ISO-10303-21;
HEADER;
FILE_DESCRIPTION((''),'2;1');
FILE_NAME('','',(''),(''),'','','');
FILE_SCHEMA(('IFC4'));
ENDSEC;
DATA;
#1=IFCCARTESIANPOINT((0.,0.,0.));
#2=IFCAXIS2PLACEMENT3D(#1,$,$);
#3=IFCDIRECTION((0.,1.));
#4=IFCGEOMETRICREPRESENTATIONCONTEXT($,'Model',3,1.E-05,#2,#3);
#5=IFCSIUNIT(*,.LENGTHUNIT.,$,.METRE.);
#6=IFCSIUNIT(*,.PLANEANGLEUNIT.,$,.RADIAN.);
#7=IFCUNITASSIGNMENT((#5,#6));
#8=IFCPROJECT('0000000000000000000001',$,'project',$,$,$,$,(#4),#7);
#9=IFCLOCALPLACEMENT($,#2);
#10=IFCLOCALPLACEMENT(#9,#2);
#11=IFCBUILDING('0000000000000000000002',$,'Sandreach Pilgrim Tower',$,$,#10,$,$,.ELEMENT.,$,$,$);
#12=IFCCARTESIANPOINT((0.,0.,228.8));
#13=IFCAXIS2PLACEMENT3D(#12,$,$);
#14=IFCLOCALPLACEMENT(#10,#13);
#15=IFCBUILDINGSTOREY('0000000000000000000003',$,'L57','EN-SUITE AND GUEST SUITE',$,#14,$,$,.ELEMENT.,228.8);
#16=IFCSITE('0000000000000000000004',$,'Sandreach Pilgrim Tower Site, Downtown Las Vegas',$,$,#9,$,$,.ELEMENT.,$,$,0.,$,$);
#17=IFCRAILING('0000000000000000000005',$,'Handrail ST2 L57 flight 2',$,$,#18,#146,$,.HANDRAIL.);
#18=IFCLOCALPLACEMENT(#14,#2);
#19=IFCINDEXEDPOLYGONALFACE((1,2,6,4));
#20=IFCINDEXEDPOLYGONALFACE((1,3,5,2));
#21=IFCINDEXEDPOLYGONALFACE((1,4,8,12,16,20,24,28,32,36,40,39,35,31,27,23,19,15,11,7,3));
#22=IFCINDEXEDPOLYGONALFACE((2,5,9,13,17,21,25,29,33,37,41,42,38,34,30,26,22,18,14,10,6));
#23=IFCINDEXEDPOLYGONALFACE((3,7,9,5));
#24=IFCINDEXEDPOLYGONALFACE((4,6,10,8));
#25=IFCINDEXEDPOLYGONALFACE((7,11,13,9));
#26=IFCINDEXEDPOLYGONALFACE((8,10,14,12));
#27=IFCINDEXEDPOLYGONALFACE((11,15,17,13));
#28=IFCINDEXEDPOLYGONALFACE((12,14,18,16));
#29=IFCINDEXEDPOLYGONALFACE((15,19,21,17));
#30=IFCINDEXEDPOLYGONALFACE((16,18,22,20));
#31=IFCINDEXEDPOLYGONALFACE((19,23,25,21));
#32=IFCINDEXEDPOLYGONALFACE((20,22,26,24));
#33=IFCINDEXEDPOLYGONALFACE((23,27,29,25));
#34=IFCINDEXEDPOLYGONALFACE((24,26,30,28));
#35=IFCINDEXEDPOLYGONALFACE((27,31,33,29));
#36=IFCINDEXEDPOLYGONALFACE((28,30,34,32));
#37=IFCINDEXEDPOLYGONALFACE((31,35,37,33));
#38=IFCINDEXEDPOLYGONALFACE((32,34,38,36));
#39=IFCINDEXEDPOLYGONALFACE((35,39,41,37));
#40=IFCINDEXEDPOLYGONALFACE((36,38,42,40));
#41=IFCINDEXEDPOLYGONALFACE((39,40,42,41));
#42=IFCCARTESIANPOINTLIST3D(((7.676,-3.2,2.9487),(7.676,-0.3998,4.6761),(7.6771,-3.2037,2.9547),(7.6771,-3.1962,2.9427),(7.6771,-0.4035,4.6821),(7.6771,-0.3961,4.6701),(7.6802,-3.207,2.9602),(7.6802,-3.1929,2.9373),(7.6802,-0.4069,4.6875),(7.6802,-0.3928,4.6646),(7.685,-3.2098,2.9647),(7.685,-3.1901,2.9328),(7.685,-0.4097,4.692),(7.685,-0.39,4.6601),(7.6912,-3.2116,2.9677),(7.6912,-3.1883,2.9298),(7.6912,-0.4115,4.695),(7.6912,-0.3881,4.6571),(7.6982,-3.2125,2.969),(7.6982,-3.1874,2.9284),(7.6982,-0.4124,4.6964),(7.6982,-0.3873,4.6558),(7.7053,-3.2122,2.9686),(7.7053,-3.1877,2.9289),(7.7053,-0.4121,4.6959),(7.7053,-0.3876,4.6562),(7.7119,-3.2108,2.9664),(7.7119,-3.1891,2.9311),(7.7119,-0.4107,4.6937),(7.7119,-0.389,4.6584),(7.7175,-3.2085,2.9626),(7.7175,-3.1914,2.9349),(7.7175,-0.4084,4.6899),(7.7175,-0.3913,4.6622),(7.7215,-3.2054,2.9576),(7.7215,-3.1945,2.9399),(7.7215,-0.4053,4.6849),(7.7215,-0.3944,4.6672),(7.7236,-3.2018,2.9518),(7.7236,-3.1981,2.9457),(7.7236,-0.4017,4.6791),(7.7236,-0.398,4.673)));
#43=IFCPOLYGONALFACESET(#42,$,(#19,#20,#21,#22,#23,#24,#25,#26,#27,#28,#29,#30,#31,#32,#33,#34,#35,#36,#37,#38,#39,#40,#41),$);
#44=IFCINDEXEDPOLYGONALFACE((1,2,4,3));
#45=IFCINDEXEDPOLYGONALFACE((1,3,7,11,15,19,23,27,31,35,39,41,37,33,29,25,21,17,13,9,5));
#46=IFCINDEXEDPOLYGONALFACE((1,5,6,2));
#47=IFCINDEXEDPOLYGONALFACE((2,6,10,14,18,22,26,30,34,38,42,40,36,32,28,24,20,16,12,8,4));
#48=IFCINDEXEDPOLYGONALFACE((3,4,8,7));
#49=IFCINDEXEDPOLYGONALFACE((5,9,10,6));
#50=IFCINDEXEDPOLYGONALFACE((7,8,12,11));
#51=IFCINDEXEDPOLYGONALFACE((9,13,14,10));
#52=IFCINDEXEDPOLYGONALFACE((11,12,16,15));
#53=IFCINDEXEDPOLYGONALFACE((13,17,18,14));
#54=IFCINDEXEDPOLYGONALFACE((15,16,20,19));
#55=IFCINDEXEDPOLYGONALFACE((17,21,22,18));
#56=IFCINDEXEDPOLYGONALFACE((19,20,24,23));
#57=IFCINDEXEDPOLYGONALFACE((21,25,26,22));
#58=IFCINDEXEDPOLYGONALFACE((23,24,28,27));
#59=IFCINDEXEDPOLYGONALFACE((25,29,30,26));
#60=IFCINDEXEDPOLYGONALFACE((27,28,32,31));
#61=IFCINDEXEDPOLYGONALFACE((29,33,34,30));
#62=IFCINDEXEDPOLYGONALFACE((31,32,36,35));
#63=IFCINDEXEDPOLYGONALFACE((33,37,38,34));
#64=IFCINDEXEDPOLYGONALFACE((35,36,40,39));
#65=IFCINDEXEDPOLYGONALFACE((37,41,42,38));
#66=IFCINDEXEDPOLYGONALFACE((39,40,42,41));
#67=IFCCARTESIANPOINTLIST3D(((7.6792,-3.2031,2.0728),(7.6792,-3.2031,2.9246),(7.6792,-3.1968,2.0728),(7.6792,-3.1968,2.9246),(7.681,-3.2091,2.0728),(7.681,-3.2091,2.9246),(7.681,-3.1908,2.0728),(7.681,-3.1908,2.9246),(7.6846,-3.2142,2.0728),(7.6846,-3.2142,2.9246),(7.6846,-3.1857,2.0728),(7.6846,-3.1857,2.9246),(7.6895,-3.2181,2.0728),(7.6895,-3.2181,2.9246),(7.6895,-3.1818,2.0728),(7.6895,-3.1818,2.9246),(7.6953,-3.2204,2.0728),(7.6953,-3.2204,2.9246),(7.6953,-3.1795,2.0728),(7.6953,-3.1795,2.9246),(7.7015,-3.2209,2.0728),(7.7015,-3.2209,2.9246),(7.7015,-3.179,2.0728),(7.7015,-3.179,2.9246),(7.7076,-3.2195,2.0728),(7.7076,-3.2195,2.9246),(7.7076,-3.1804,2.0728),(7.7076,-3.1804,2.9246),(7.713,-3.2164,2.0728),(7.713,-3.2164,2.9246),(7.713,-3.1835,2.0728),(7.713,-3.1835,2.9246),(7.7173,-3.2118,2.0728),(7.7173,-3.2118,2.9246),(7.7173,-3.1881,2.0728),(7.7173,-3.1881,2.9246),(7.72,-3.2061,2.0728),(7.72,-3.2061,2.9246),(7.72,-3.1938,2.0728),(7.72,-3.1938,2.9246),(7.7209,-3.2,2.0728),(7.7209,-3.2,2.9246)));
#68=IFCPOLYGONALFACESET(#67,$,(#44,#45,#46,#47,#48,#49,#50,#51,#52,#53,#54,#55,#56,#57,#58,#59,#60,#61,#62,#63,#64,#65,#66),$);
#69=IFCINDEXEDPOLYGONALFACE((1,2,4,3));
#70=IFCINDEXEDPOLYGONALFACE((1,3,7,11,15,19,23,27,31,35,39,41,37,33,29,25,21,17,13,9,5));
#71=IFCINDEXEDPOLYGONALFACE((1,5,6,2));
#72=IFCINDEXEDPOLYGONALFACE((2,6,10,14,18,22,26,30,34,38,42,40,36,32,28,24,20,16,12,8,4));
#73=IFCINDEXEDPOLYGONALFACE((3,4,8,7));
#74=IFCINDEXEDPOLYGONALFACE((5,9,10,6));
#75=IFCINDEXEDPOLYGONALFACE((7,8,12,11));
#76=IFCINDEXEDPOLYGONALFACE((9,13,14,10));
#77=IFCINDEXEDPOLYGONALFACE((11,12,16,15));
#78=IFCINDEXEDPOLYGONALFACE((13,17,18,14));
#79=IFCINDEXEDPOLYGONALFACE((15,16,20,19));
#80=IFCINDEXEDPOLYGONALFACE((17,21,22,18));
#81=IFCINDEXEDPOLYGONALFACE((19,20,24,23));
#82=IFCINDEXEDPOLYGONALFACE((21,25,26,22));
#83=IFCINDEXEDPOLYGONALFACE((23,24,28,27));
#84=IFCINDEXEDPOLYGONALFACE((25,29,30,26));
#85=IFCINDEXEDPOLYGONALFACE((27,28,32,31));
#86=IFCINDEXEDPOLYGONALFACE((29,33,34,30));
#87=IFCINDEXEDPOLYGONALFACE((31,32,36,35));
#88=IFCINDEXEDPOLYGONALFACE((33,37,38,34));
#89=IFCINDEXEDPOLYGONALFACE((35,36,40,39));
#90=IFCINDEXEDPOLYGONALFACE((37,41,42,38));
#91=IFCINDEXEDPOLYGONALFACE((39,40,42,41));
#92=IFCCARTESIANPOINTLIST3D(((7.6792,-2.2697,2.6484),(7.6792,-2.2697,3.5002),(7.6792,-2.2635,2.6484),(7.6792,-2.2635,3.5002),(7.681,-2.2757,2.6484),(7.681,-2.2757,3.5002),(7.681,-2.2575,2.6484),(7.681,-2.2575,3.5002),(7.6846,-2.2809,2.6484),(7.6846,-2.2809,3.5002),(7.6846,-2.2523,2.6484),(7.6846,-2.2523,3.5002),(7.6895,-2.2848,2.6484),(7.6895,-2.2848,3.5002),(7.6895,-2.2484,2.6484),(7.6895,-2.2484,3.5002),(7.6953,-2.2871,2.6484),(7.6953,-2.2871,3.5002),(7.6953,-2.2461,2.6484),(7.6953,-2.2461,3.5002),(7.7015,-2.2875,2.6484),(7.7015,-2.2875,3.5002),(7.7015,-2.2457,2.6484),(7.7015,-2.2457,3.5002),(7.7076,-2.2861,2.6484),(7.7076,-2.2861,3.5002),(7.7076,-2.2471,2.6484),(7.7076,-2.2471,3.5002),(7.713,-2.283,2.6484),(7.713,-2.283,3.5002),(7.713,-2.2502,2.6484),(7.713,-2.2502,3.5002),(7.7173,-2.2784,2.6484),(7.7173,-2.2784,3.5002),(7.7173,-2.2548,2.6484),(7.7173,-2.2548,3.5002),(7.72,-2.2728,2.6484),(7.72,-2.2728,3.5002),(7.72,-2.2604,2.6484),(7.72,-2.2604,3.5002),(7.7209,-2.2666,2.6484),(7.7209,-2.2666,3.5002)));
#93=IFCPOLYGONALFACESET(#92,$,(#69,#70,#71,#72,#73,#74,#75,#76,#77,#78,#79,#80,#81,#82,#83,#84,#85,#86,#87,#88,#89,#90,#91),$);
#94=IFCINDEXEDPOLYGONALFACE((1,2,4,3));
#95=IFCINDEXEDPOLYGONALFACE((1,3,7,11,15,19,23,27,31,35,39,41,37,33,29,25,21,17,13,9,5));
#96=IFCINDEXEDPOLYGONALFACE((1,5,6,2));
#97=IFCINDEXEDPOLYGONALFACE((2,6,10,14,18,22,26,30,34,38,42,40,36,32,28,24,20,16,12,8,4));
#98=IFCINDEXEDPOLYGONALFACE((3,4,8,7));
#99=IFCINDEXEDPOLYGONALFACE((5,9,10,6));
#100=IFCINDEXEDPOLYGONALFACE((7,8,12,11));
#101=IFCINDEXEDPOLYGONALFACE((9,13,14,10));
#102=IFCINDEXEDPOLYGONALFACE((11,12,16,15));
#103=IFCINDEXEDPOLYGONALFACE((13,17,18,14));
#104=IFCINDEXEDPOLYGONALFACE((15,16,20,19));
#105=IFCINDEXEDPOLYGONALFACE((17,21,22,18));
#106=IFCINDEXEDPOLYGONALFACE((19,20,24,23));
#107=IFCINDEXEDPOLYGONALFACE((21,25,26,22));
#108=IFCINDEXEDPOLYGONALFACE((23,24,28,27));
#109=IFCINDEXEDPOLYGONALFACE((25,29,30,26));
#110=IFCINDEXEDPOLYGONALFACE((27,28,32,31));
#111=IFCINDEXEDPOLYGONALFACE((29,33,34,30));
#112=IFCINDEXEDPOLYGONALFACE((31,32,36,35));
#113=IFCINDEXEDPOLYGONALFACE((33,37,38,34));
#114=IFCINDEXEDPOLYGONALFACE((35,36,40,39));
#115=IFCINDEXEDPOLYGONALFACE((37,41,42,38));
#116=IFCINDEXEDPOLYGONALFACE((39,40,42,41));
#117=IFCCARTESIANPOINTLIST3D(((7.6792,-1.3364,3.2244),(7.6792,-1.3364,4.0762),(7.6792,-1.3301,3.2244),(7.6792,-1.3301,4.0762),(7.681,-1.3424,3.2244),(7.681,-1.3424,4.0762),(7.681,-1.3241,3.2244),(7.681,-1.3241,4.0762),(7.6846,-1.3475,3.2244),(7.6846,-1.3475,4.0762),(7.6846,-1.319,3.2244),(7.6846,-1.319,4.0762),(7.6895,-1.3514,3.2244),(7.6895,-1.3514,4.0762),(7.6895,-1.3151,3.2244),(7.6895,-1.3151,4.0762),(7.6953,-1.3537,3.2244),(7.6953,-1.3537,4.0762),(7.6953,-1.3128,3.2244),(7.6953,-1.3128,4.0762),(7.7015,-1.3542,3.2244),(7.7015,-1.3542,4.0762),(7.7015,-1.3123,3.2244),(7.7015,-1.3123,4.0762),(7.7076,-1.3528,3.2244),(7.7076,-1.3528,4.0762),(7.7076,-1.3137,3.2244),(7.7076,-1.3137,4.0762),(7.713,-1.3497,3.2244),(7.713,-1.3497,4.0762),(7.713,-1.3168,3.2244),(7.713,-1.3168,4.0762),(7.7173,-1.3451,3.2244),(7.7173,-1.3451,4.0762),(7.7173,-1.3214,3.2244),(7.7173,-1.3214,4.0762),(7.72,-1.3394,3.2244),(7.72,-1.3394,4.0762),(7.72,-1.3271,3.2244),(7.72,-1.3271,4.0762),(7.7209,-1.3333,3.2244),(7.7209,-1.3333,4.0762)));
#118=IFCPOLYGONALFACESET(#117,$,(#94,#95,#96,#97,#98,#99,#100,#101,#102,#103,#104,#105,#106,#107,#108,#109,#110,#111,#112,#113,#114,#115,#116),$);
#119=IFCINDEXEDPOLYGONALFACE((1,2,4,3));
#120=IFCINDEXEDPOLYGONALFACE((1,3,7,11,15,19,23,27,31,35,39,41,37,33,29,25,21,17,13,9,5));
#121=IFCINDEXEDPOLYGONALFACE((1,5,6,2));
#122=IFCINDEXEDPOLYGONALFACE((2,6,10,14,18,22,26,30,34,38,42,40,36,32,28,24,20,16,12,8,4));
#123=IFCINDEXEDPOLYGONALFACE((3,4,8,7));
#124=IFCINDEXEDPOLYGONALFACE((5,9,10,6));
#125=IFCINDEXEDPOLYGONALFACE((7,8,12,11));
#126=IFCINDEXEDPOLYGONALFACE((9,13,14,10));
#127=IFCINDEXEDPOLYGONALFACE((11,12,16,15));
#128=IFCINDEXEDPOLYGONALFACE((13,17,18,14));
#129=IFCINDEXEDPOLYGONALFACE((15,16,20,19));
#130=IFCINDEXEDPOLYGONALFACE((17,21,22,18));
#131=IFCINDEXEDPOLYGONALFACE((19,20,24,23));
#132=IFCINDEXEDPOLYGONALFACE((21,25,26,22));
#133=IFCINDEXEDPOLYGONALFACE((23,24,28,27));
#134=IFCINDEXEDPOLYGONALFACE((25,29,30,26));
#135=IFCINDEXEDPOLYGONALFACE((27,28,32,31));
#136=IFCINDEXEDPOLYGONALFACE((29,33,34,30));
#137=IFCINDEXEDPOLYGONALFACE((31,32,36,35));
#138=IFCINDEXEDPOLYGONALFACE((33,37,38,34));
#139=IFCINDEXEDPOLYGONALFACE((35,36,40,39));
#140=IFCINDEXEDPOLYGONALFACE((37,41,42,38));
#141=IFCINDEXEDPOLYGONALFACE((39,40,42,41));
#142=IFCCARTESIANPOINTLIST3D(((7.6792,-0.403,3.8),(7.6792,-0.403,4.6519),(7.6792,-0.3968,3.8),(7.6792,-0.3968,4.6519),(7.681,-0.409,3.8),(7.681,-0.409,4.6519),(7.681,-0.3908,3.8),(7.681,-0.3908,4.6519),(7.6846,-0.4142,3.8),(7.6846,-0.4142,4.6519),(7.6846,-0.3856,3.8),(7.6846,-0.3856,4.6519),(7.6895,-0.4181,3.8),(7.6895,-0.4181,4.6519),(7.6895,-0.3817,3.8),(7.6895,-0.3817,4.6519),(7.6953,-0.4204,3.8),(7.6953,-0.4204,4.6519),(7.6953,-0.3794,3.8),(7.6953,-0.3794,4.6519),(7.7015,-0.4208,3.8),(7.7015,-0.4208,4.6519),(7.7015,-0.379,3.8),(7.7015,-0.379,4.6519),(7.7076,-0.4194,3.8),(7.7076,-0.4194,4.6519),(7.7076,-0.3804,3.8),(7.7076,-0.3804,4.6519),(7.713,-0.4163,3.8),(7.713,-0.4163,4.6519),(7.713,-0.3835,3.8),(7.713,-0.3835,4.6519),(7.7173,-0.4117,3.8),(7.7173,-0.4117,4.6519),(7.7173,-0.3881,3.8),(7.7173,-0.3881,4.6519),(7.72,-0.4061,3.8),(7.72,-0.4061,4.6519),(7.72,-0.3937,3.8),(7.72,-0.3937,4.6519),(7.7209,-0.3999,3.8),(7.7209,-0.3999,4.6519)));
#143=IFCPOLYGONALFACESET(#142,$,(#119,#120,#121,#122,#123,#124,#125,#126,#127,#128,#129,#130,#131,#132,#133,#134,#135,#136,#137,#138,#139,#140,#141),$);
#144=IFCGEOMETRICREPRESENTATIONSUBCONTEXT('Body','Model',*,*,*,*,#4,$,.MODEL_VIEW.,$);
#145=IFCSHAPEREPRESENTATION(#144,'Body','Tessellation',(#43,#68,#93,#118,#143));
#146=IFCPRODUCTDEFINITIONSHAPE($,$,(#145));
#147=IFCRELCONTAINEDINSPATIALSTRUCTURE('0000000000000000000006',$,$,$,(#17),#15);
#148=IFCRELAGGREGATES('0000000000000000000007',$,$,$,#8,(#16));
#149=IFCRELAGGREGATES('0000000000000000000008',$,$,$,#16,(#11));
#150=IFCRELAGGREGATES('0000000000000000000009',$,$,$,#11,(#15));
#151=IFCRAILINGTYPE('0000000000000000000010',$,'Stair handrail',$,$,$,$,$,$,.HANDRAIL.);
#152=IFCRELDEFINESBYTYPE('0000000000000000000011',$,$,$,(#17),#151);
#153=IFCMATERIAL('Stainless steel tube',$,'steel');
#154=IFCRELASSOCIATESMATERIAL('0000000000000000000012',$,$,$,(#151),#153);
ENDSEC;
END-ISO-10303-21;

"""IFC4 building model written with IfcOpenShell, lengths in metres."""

from ifc_helpers import new_model, si_unit, direction, frame, origin, origin_2d, place, context, subcontext, project, spatial, circle, extrude, material, type_object, element, save


model = new_model("IFC4")

# Units and contexts
model_context = context("Model", 3, precision=1e-05, world=origin(), true_north=direction((0.0, 1.0)))
body_context = subcontext(model_context, "Body", "Model", "MODEL_VIEW")
ifc_project = project(units=[si_unit("LENGTHUNIT", "METRE"), si_unit("PLANEANGLEUNIT", "RADIAN")], contexts=[model_context])

# Site, building, storey
site_placement = place(None, origin())
site = spatial("IfcSite", under=ifc_project, at=site_placement, Name="Sandreach Pilgrim Tower Site, Downtown Las Vegas", CompositionType="ELEMENT", RefElevation=0.0)
building_placement = place(site_placement, origin())
building = spatial("IfcBuilding", under=site, at=building_placement, Name="Sandreach Pilgrim Tower", CompositionType="ELEMENT")
storey_placement = place(building_placement, frame((0.0, 0.0, 228.8)))
storey = spatial("IfcBuildingStorey", under=building, at=storey_placement, Name="L57", Description="EN-SUITE AND GUEST SUITE", CompositionType="ELEMENT", Elevation=228.8)

# Railing
ifc_material_1 = material(Name="Stainless steel tube", Category="steel")
railing_type = type_object("IfcRailingType", Name="Stair handrail", PredefinedType="HANDRAIL", material=ifc_material_1)
railing_placement = place(storey_placement, frame((7.7, -3.2, 2.0728)))
element("IfcRailing", 1, at=railing_placement, inside=storey, type_object=railing_type, Name="Handrail ST2 L57 flight 2", PredefinedType="HANDRAIL", context=body_context, shape_type="SweptSolid", body=[
    extrude(circle(Radius=0.0239, at=origin_2d()), frame((0.0, 0.0, 0.876), z_axis=(0.0, 0.85109, 0.52502), x_axis=(-1.0, 0.0, 0.0)), (0.0, 0.0, 1.0), 3.29),
    extrude(circle(Radius=0.021, at=origin_2d()), origin(), (0.0, 0.0, 1.0), 0.8518),
    extrude(circle(Radius=0.021, at=origin_2d()), frame((0.0, 0.9333, 0.5757)), (0.0, 0.0, 1.0), 0.8518),
    extrude(circle(Radius=0.021, at=origin_2d()), frame((0.0, 1.8667, 1.1516)), (0.0, 0.0, 1.0), 0.8518),
    extrude(circle(Radius=0.021, at=origin_2d()), frame((0.0, 2.8, 1.7273)), (0.0, 0.0, 1.0), 0.8518),
])

save(model, "model.ifc")
